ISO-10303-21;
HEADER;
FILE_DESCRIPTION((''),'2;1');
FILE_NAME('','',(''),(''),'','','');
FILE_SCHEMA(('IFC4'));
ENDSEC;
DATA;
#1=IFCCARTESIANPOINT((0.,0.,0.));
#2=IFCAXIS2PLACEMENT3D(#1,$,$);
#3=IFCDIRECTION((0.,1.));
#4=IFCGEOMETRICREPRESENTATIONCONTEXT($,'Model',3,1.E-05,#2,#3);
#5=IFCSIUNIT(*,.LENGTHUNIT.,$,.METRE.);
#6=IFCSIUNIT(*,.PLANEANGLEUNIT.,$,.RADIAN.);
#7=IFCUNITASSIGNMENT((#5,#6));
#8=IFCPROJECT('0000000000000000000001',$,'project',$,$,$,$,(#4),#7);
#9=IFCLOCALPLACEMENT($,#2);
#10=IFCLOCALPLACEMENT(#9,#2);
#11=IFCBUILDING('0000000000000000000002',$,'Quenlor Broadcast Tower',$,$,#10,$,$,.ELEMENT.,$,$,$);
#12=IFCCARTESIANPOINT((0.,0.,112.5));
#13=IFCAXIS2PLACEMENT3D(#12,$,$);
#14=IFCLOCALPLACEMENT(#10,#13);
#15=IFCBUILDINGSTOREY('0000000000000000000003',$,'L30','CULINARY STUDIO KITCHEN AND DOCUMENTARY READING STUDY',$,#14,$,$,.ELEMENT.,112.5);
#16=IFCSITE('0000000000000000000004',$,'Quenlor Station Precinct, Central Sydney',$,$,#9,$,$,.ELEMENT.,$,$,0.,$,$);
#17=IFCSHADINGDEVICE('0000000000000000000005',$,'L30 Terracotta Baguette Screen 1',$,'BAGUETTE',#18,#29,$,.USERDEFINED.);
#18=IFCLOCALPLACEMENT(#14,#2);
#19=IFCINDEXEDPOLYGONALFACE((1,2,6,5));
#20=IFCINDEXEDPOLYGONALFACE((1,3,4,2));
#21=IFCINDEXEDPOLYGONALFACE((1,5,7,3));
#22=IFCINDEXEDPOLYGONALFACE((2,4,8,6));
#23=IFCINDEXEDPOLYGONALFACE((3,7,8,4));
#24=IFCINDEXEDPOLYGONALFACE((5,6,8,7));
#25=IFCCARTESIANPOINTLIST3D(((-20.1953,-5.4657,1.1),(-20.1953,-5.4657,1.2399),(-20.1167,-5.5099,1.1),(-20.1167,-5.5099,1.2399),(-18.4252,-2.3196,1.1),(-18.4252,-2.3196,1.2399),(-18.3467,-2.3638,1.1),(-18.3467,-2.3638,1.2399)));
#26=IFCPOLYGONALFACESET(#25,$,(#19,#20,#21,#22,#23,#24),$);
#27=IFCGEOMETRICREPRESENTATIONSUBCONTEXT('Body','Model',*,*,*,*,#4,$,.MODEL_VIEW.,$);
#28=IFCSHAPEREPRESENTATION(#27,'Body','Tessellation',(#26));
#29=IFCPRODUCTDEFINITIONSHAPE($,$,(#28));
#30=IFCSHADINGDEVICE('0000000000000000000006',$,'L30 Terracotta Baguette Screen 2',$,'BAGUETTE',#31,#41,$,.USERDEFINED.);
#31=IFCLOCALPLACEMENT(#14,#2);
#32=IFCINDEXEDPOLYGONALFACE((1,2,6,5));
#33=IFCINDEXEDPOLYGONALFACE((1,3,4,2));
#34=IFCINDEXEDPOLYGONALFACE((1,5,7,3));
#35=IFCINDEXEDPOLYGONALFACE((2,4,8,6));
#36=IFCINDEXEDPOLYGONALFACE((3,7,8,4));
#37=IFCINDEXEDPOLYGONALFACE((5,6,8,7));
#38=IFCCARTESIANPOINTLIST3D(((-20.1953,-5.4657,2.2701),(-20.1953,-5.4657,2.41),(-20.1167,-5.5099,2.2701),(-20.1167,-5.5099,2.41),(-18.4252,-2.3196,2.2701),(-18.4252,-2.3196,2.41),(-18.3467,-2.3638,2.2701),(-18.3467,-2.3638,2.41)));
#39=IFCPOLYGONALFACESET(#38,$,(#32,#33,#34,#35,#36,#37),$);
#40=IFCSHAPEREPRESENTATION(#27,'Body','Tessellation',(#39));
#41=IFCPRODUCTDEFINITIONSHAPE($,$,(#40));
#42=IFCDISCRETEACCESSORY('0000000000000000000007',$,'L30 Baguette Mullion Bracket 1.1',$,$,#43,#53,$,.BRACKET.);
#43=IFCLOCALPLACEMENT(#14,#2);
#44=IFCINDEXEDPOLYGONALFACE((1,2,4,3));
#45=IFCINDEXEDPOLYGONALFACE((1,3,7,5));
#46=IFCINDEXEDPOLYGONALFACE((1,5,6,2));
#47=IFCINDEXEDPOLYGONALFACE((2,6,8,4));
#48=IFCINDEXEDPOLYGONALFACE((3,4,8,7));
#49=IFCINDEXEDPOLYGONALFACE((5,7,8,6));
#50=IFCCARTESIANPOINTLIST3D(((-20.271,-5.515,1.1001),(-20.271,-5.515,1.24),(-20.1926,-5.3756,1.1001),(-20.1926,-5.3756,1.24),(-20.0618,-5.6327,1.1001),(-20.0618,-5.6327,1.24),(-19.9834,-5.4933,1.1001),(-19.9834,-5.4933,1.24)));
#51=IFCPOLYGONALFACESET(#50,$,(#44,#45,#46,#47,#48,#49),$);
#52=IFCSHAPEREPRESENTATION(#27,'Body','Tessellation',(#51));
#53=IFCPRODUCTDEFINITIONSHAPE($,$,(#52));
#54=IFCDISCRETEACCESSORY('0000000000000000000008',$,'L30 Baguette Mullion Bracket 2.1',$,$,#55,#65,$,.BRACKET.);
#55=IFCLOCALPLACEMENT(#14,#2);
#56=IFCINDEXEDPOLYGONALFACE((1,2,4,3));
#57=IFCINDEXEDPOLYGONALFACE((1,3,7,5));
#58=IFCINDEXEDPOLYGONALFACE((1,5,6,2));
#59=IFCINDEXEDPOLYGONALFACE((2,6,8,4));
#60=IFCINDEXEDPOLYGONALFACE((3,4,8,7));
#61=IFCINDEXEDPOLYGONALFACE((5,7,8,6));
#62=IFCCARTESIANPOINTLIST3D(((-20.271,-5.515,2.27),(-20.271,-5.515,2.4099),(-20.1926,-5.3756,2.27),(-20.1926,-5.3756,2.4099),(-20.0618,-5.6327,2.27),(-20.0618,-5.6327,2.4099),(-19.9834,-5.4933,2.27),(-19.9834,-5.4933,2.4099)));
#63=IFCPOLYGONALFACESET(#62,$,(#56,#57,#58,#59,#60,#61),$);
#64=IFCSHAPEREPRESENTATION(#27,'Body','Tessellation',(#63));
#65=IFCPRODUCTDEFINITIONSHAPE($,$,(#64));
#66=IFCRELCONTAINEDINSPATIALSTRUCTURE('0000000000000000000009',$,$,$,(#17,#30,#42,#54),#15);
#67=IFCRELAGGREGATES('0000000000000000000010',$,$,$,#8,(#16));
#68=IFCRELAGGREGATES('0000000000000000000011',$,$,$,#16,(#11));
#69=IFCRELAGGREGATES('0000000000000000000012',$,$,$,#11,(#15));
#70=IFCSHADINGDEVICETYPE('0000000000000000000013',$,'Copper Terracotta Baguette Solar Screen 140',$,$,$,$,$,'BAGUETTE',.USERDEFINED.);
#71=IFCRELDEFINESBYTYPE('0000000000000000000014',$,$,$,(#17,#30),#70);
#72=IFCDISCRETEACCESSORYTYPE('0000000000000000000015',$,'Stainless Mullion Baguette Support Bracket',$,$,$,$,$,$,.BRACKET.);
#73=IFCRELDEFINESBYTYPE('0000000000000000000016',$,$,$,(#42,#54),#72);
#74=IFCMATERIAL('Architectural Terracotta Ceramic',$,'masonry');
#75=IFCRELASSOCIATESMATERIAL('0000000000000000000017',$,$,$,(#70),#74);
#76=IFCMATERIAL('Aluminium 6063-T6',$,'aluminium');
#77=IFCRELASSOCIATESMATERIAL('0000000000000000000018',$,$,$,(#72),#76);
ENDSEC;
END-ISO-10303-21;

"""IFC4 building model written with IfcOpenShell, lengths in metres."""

from ifc_helpers import new_model, si_unit, direction, frame, origin, origin_2d, place, context, subcontext, project, spatial, rectangle, extrude, material, material_profile, profile_set, type_object, element, save


model = new_model("IFC4")

# Units and contexts
model_context = context("Model", 3, precision=1e-05, world=origin(), true_north=direction((0.0, 1.0)))
body_context = subcontext(model_context, "Body", "Model", "MODEL_VIEW")
ifc_project = project(units=[si_unit("LENGTHUNIT", "METRE"), si_unit("PLANEANGLEUNIT", "RADIAN")], contexts=[model_context])

# Site, building, storey
site_placement = place(None, origin())
site = spatial("IfcSite", under=ifc_project, at=site_placement, Name="Quenlor Station Precinct, Central Sydney", CompositionType="ELEMENT", RefElevation=0.0)
building_placement = place(site_placement, origin())
building = spatial("IfcBuilding", under=site, at=building_placement, Name="Quenlor Broadcast Tower", CompositionType="ELEMENT")
storey_placement = place(building_placement, frame((0.0, 0.0, 112.5)))
storey = spatial("IfcBuildingStorey", under=building, at=storey_placement, Name="L30", Description="CULINARY STUDIO KITCHEN AND DOCUMENTARY READING STUDY", CompositionType="ELEMENT", Elevation=112.5)

# Shading devices
ifc_material_1 = material(Name="Architectural Terracotta Ceramic", Category="masonry")
ifc_material_profile_1 = material_profile(ifc_material_1, rectangle(XDim=0.0901, YDim=0.1399, at=origin_2d()))
ifc_profile_set_1 = profile_set([ifc_material_profile_1], Name="Architectural Terracotta Ceramic BAG90x140")
shading_device_type = type_object("IfcShadingDeviceType", Name="Copper Terracotta Baguette Solar Screen 140", ElementType="BAGUETTE", PredefinedType="USERDEFINED", material=ifc_profile_set_1)
for number, where, z_axis, x_axis, name in (
    (1, (-20.156, -5.4878, 1.1699), (0.490345, 0.871529, 0.0), (-0.871529, 0.490345, 0.0), "L30 Terracotta Baguette Screen 1"),
    (2, (-20.156, -5.4878, 2.3401), (0.490345, 0.871529, 0.0), (-0.871529, 0.490345, 0.0), "L30 Terracotta Baguette Screen 2"),
):
    element("IfcShadingDevice", number, at=place(storey_placement, frame(where, z_axis=z_axis, x_axis=x_axis)), inside=storey, type_object=shading_device_type, Name=name, ObjectType="BAGUETTE", PredefinedType="USERDEFINED", context=body_context, shape_type="SweptSolid", body=[
        extrude(rectangle(XDim=0.0901, YDim=0.1399, at=origin_2d()), origin(), (0.0, 0.0, 1.0), 3.6099),
    ])

# Discrete accessories
ifc_material_2 = material(Name="Aluminium 6063-T6", Category="aluminium")
discrete_accessory_type = type_object("IfcDiscreteAccessoryType", Name="Stainless Mullion Baguette Support Bracket", PredefinedType="BRACKET", material=ifc_material_2)
for number, where, z_axis, x_axis, name in (
    (3, (-20.1272, -5.5042, 1.1001), (0.0, 0.0, 1.0), (0.490277, 0.871567, 0.0), "L30 Baguette Mullion Bracket 1.1"),
    (4, (-20.1272, -5.5042, 2.27), (0.0, 0.0, 1.0), (0.490277, 0.871567, 0.0), "L30 Baguette Mullion Bracket 2.1"),
):
    element("IfcDiscreteAccessory", number, at=place(storey_placement, frame(where, z_axis=z_axis, x_axis=x_axis)), inside=storey, type_object=discrete_accessory_type, Name=name, PredefinedType="BRACKET", context=body_context, shape_type="SweptSolid", body=[
        extrude(rectangle(XDim=0.1599, YDim=0.24, at=origin_2d()), origin(), (0.0, 0.0, 1.0), 0.1399),
    ])

save(model, "model.ifc")
